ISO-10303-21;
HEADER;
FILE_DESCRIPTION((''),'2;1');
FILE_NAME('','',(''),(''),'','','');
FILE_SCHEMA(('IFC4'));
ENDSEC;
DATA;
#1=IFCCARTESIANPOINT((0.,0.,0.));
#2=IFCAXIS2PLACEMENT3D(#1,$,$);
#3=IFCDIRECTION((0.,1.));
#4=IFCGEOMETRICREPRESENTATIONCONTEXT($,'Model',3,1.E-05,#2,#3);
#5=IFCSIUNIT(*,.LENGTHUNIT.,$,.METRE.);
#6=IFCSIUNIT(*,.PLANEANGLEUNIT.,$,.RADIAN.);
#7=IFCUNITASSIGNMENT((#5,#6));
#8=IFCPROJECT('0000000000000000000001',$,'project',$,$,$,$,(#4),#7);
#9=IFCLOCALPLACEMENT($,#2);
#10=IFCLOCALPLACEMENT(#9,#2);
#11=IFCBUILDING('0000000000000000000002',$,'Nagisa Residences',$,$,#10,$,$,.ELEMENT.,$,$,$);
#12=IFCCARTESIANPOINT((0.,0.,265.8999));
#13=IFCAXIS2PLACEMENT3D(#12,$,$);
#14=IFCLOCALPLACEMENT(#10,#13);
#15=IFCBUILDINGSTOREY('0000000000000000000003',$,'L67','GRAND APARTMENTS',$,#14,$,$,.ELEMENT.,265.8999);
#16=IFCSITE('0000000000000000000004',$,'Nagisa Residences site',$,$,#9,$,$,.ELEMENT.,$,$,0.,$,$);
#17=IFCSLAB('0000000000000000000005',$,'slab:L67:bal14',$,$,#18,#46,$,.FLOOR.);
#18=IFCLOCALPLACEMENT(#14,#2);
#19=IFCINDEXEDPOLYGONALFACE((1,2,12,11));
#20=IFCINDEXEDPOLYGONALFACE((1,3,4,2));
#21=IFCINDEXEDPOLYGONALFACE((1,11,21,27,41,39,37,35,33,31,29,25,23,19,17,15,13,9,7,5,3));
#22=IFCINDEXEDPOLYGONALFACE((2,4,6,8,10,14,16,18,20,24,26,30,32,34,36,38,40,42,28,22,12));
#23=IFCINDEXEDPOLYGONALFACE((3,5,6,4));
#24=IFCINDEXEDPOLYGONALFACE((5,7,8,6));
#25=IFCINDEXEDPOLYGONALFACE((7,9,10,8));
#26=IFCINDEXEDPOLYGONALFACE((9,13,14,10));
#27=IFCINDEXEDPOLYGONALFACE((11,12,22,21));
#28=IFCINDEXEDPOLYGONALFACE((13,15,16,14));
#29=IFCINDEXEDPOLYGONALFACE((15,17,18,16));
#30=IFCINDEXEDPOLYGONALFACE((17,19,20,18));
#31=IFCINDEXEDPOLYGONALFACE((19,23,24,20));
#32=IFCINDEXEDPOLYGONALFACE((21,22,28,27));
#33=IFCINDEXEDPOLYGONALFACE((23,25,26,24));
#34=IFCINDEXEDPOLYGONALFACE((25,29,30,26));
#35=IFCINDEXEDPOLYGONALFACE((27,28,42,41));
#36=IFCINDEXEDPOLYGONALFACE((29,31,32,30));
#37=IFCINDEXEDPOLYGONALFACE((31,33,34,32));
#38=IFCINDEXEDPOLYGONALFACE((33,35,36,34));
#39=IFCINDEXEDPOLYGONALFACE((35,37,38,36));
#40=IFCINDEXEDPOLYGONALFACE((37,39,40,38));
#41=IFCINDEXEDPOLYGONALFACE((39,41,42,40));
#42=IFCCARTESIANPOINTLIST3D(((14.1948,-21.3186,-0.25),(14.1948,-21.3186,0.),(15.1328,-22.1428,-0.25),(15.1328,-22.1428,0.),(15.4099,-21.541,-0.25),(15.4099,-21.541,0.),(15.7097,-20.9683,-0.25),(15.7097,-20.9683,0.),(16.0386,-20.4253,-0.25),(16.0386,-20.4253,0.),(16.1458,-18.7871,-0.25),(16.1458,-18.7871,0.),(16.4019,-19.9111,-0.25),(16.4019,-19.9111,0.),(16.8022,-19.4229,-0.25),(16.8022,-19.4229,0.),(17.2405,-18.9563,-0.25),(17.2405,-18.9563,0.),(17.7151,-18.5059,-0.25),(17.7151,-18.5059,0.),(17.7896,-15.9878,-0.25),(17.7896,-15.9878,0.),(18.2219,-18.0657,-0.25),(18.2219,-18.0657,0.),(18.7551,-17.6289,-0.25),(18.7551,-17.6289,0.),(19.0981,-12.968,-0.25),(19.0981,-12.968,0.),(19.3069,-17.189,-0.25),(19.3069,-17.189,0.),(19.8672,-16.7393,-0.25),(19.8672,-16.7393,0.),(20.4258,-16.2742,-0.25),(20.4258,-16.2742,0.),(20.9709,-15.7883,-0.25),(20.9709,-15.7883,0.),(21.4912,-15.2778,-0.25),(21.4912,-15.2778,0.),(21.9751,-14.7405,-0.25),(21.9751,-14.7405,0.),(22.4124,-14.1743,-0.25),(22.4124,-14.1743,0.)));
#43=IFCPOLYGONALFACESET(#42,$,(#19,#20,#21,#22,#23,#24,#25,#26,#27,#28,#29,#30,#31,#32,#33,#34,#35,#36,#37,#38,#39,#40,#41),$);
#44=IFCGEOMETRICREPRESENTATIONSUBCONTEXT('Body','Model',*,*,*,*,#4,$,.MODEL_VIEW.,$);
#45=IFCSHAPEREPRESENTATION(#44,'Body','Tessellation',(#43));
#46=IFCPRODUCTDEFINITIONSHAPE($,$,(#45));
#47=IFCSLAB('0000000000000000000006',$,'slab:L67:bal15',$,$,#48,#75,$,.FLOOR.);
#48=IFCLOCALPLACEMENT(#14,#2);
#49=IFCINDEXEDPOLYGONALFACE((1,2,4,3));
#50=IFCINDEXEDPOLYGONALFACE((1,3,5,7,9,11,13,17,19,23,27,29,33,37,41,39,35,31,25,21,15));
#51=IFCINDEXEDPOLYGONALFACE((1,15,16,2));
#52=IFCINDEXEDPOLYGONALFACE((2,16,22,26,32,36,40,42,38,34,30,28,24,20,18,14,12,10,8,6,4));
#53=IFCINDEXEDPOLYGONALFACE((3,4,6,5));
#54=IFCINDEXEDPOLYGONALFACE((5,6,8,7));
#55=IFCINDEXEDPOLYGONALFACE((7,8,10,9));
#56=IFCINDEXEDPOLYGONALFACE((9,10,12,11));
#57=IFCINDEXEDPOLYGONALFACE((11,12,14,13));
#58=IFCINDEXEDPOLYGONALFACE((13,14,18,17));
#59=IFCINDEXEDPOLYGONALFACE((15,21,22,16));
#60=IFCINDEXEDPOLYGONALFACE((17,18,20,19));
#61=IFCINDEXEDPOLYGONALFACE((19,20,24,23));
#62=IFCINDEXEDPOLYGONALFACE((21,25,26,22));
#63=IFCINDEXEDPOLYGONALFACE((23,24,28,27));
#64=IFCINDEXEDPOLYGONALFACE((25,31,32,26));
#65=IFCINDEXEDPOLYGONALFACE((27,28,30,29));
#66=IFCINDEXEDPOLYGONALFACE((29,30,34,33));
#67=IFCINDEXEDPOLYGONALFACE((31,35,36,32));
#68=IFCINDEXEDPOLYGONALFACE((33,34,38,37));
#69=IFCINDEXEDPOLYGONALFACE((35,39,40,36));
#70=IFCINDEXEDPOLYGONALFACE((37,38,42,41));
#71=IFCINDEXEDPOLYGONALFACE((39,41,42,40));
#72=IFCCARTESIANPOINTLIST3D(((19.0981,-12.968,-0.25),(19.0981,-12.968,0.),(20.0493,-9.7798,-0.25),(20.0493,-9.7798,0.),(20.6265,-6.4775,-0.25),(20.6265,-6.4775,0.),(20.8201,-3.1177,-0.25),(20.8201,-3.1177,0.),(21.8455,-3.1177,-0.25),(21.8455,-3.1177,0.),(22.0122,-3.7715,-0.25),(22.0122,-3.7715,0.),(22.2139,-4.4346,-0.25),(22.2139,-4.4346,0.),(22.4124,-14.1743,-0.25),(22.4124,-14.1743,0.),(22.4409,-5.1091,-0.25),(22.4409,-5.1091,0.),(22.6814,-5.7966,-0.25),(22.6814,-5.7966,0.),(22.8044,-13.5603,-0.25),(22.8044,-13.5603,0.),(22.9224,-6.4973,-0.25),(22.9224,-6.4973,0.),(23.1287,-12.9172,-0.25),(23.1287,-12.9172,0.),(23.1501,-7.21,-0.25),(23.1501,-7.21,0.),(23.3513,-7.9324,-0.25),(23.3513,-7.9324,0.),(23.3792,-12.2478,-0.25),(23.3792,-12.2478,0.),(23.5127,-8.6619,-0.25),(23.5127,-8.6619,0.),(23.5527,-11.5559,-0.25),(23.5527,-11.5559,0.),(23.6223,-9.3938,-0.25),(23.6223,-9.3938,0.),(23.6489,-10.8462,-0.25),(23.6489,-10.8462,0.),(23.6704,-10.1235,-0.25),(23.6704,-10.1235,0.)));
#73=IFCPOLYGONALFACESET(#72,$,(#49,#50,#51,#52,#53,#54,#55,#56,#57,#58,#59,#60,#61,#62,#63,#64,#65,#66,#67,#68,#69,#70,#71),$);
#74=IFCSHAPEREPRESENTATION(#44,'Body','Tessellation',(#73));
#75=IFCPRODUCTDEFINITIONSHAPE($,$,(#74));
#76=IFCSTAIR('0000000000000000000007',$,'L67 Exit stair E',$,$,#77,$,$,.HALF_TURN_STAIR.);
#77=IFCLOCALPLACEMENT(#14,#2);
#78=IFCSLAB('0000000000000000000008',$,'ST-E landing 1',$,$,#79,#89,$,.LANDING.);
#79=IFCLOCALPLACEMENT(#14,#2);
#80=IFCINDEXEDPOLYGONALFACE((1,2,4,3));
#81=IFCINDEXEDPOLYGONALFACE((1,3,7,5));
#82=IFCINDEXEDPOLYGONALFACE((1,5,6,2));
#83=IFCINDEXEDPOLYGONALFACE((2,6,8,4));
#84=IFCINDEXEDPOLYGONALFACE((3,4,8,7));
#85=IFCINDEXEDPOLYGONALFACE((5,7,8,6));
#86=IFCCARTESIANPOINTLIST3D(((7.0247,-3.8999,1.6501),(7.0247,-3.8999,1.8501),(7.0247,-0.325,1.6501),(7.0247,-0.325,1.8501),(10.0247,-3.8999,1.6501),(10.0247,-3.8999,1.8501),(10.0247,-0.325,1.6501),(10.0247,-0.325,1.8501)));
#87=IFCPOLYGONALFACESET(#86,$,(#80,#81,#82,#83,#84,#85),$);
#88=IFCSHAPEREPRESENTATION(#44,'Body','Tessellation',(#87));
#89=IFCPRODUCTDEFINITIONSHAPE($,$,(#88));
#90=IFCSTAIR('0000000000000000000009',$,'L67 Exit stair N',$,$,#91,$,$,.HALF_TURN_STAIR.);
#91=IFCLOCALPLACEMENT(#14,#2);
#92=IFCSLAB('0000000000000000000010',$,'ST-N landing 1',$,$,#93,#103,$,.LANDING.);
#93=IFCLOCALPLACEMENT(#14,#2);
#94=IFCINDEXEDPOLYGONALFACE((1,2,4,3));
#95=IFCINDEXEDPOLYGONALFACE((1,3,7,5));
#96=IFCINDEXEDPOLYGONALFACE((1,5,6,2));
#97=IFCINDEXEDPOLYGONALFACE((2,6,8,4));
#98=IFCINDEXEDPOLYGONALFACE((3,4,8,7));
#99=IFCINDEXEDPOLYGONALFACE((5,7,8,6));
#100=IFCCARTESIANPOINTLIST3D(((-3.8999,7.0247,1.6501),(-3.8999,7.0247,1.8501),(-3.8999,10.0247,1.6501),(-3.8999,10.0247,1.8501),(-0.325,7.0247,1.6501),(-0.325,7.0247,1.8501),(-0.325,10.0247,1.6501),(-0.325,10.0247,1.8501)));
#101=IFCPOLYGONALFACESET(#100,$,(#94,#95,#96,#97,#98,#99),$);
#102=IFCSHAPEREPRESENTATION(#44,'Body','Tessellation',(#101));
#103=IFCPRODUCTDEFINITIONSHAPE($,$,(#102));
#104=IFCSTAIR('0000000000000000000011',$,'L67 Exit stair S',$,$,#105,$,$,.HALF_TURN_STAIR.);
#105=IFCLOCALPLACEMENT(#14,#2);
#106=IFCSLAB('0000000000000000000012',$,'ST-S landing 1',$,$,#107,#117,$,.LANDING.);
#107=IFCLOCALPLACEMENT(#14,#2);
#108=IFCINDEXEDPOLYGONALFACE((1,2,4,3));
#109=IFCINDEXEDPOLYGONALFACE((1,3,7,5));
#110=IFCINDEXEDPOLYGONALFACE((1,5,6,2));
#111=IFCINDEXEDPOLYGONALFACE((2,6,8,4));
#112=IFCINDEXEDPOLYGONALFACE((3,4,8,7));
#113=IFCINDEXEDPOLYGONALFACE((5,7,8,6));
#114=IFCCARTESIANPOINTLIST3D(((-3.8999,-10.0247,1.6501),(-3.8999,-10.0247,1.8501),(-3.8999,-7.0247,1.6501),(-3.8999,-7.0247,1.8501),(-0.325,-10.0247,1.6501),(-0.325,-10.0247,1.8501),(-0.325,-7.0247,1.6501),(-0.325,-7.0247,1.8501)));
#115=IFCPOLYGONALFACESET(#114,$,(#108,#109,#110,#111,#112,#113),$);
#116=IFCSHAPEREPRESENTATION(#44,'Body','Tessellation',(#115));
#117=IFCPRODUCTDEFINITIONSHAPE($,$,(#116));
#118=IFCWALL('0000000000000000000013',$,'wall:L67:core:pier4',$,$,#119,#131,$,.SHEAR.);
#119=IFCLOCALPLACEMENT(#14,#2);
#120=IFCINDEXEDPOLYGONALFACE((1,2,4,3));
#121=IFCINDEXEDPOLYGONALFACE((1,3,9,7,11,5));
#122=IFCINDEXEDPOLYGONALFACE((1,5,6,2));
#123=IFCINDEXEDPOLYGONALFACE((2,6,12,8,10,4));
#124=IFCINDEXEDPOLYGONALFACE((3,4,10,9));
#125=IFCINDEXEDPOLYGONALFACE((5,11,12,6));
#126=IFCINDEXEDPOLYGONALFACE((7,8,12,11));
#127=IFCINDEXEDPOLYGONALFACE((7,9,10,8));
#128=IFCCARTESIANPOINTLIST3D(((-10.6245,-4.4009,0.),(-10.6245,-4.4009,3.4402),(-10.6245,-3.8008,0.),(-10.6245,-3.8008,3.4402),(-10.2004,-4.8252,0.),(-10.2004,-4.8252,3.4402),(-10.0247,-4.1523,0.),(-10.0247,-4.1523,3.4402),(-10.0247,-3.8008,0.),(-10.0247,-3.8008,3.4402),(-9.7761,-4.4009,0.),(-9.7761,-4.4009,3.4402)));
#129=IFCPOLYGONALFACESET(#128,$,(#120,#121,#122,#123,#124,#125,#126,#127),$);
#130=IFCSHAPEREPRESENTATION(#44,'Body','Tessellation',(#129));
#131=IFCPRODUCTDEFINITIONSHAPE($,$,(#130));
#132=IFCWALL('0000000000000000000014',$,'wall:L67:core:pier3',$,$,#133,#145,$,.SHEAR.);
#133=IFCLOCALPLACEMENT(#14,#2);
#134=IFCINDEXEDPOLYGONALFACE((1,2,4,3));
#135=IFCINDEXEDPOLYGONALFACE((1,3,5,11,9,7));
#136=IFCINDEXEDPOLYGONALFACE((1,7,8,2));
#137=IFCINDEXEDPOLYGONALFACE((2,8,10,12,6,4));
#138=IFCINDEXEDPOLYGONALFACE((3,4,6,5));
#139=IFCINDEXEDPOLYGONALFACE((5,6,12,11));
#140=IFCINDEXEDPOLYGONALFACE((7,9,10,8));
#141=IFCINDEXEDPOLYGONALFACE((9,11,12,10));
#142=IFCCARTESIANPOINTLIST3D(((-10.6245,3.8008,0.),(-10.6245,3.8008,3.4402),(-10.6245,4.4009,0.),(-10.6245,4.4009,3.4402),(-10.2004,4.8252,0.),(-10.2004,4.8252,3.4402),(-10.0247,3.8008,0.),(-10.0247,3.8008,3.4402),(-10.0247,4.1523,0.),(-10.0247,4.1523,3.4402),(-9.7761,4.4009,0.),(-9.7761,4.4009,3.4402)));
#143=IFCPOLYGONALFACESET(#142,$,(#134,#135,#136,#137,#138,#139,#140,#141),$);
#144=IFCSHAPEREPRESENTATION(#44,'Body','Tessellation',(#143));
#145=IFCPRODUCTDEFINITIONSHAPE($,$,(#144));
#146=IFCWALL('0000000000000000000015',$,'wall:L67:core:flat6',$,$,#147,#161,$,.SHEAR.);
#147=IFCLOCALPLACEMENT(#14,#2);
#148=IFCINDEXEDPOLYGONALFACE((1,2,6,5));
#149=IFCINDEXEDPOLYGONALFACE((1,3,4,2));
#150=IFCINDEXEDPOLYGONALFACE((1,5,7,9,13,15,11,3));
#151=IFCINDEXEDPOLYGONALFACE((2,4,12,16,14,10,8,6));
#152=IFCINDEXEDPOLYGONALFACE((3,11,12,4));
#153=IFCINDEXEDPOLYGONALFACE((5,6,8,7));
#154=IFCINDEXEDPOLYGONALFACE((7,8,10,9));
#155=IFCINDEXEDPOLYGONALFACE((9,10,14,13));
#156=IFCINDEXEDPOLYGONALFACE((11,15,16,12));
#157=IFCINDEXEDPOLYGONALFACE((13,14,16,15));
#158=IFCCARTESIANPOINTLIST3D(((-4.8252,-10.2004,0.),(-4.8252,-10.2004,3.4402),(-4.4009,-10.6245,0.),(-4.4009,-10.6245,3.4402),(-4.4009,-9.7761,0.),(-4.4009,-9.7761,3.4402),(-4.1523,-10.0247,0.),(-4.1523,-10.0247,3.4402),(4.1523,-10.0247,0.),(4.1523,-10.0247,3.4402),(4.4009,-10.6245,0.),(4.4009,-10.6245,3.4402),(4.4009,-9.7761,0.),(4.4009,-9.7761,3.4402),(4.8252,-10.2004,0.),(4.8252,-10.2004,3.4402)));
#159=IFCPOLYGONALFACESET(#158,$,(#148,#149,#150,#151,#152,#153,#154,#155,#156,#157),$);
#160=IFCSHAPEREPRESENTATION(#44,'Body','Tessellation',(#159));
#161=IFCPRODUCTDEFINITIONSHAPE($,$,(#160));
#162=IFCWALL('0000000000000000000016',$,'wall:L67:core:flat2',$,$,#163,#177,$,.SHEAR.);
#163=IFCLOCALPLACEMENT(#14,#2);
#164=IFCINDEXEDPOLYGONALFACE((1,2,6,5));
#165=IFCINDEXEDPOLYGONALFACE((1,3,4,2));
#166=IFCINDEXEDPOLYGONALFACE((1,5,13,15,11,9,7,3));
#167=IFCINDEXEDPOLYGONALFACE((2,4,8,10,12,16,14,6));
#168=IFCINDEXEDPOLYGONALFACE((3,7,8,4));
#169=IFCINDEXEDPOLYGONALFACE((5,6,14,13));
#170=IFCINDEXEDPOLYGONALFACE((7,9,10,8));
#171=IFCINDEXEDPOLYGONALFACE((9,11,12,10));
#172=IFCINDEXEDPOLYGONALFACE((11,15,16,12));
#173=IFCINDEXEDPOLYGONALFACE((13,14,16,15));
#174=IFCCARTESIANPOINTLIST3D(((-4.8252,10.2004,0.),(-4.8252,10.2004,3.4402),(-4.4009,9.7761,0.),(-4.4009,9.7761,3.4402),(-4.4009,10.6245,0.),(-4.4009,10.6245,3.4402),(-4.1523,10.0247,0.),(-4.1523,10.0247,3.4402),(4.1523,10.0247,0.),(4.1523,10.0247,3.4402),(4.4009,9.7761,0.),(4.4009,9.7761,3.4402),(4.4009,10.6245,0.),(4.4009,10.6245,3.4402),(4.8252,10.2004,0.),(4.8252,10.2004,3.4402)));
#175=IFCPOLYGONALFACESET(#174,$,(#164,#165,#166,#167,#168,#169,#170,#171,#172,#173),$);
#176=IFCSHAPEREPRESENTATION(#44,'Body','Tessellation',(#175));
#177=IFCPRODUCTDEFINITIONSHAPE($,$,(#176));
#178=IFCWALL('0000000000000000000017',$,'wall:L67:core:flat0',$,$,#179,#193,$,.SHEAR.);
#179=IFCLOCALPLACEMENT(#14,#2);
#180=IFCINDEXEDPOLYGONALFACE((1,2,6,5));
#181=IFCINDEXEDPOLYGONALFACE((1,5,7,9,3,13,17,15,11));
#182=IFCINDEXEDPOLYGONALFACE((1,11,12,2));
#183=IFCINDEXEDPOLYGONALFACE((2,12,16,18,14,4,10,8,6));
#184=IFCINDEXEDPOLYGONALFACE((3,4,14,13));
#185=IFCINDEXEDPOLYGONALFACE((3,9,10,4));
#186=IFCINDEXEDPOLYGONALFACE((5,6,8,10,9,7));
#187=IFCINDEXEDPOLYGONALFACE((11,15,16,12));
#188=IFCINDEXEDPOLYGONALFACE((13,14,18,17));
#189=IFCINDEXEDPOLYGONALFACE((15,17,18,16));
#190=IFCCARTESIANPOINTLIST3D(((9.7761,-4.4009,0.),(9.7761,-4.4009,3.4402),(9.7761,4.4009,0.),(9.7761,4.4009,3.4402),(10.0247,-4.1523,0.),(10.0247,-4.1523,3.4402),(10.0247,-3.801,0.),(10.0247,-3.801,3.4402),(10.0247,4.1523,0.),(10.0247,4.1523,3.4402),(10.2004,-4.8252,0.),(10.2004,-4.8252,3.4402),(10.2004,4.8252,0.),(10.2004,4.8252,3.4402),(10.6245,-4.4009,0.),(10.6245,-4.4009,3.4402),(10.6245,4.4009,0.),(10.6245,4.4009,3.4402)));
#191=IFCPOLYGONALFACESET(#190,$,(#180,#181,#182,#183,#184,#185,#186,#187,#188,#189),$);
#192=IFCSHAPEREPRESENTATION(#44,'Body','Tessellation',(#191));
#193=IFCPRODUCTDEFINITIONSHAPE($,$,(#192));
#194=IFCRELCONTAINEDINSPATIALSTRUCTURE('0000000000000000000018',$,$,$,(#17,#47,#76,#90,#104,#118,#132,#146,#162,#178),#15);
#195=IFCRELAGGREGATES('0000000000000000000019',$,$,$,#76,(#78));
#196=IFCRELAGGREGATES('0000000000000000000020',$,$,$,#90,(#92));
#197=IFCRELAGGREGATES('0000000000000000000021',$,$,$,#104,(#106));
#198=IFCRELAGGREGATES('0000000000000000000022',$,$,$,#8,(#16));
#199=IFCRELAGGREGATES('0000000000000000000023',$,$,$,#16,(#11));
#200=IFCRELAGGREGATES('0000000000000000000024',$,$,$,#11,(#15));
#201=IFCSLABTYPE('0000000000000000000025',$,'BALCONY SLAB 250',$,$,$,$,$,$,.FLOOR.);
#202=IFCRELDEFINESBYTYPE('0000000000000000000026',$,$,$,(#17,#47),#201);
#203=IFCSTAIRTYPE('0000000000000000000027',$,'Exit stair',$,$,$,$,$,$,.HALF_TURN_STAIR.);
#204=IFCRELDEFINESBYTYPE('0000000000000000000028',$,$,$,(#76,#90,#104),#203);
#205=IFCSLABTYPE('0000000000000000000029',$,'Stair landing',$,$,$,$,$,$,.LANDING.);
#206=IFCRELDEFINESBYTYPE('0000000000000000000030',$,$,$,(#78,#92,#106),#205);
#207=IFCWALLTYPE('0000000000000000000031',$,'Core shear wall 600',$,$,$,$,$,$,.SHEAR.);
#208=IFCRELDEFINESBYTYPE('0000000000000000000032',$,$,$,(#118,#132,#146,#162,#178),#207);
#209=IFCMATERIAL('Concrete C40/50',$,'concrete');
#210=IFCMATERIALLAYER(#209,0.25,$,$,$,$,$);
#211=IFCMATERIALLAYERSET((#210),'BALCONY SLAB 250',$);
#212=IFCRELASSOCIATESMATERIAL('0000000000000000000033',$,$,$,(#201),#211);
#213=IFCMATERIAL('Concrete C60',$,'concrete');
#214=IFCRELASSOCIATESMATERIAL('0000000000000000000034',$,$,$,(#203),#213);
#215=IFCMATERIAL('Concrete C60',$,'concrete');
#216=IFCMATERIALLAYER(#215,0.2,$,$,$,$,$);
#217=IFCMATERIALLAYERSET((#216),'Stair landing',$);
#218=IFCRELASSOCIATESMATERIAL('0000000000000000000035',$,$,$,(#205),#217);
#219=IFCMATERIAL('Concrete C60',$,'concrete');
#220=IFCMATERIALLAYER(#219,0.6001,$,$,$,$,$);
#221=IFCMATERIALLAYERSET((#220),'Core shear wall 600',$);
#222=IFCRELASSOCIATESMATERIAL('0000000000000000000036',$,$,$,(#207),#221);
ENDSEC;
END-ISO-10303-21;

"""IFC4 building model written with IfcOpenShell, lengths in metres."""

from ifc_helpers import new_model, si_unit, direction, frame, origin, place, context, subcontext, project, spatial, polyline, outline, extrude, material, layer, layer_set, type_object, element, aggregate, save


model = new_model("IFC4")

# Units and contexts
model_context = context("Model", 3, precision=1e-05, world=origin(), true_north=direction((0.0, 1.0)))
body_context = subcontext(model_context, "Body", "Model", "MODEL_VIEW")
ifc_project = project(units=[si_unit("LENGTHUNIT", "METRE"), si_unit("PLANEANGLEUNIT", "RADIAN")], contexts=[model_context])

# Site, building, storey
site_placement = place(None, origin())
site = spatial("IfcSite", under=ifc_project, at=site_placement, Name="Nagisa Residences site", CompositionType="ELEMENT", RefElevation=0.0)
building_placement = place(site_placement, origin())
building = spatial("IfcBuilding", under=site, at=building_placement, Name="Nagisa Residences", CompositionType="ELEMENT")
storey_placement = place(building_placement, frame((0.0, 0.0, 265.8999)))
storey = spatial("IfcBuildingStorey", under=building, at=storey_placement, Name="L67", Description="GRAND APARTMENTS", CompositionType="ELEMENT", Elevation=265.8999)

# Slabs
ifc_material_1 = material(Name="Concrete C40/50", Category="concrete")
ifc_layer_1 = layer(ifc_material_1, 0.25)
ifc_layer_set_1 = layer_set([ifc_layer_1], Name="BALCONY SLAB 250")
slab_type_1 = type_object("IfcSlabType", Name="BALCONY SLAB 250", PredefinedType="FLOOR", material=ifc_layer_set_1)
slab_1_placement = place(storey_placement, frame((0.0, 0.0, -0.25)))
element("IfcSlab", 1, at=slab_1_placement, inside=storey, type_object=slab_type_1, Name="slab:L67:bal14", PredefinedType="FLOOR", context=body_context, shape_type="SweptSolid", body=[
    extrude(outline(polyline([(15.1328, -22.1428), (15.4099, -21.541), (15.7097, -20.9683), (16.0386, -20.4253), (16.4019, -19.9111), (16.8022, -19.4229), (17.2405, -18.9563), (17.7151, -18.5059), (18.2219, -18.0657), (18.7551, -17.6289), (19.3069, -17.189), (19.8672, -16.7393), (20.4258, -16.2742), (20.9709, -15.7883), (21.4912, -15.2778), (21.9751, -14.7405), (22.4124, -14.1743), (19.0981, -12.968), (17.7896, -15.9878), (16.1458, -18.7871), (14.1948, -21.3186), (15.1328, -22.1428)])), origin(), (0.0, 0.0, 1.0), 0.25),
])
slab_2_placement = place(storey_placement, frame((0.0, 0.0, -0.25)))
element("IfcSlab", 2, at=slab_2_placement, inside=storey, type_object=slab_type_1, Name="slab:L67:bal15", PredefinedType="FLOOR", context=body_context, shape_type="SweptSolid", body=[
    extrude(outline(polyline([(22.4124, -14.1743), (22.8044, -13.5603), (23.1287, -12.9172), (23.3792, -12.2478), (23.5527, -11.5559), (23.6489, -10.8462), (23.6704, -10.1235), (23.6223, -9.3938), (23.5127, -8.6619), (23.3513, -7.9324), (23.1501, -7.21), (22.9224, -6.4973), (22.6814, -5.7966), (22.4409, -5.1091), (22.2139, -4.4346), (22.0122, -3.7715), (21.8455, -3.1177), (20.8201, -3.1177), (20.6265, -6.4775), (20.0493, -9.7798), (19.0981, -12.968), (22.4124, -14.1743)])), origin(), (0.0, 0.0, 1.0), 0.25),
])

# Stairs, slabs
ifc_material_2 = material(Name="Concrete C60", Category="concrete")
stair_type = type_object("IfcStairType", Name="Exit stair", PredefinedType="HALF_TURN_STAIR", material=ifc_material_2)
stair_1_placement = place(storey_placement, origin())
stair_1 = element("IfcStair", 3, at=stair_1_placement, inside=storey, type_object=stair_type, Name="L67 Exit stair E", PredefinedType="HALF_TURN_STAIR")
ifc_material_3 = material(Name="Concrete C60", Category="concrete")
ifc_layer_2 = layer(ifc_material_3, 0.2)
ifc_layer_set_2 = layer_set([ifc_layer_2], Name="Stair landing")
slab_type_2 = type_object("IfcSlabType", Name="Stair landing", PredefinedType="LANDING", material=ifc_layer_set_2)
slab_3_placement = place(storey_placement, frame((0.0, 0.0, 1.6501)))
slab_3 = element("IfcSlab", 4, at=slab_3_placement, type_object=slab_type_2, Name="ST-E landing 1", PredefinedType="LANDING", context=body_context, shape_type="SweptSolid", body=[
    extrude(outline(polyline([(7.0247, -0.325), (7.0247, -3.8999), (10.0247, -3.8999), (10.0247, -0.325), (7.0247, -0.325)])), origin(), (0.0, 0.0, 1.0), 0.2),
])
aggregate(stair_1, [slab_3])
stair_2_placement = place(storey_placement, origin())
stair_2 = element("IfcStair", 5, at=stair_2_placement, inside=storey, type_object=stair_type, Name="L67 Exit stair N", PredefinedType="HALF_TURN_STAIR")
slab_4_placement = place(storey_placement, frame((0.0, 0.0, 1.6501)))
slab_4 = element("IfcSlab", 6, at=slab_4_placement, type_object=slab_type_2, Name="ST-N landing 1", PredefinedType="LANDING", context=body_context, shape_type="SweptSolid", body=[
    extrude(outline(polyline([(-0.325, 10.0247), (-3.8999, 10.0247), (-3.8999, 7.0247), (-0.325, 7.0247), (-0.325, 10.0247)])), origin(), (0.0, 0.0, 1.0), 0.2),
])
aggregate(stair_2, [slab_4])
stair_3_placement = place(storey_placement, origin())
stair_3 = element("IfcStair", 7, at=stair_3_placement, inside=storey, type_object=stair_type, Name="L67 Exit stair S", PredefinedType="HALF_TURN_STAIR")
slab_5_placement = place(storey_placement, frame((0.0, 0.0, 1.6501)))
slab_5 = element("IfcSlab", 8, at=slab_5_placement, type_object=slab_type_2, Name="ST-S landing 1", PredefinedType="LANDING", context=body_context, shape_type="SweptSolid", body=[
    extrude(outline(polyline([(-0.325, -7.0247), (-3.8999, -7.0247), (-3.8999, -10.0247), (-0.325, -10.0247), (-0.325, -7.0247)])), origin(), (0.0, 0.0, 1.0), 0.2),
])
aggregate(stair_3, [slab_5])

# Walls
ifc_material_4 = material(Name="Concrete C60", Category="concrete")
ifc_layer_3 = layer(ifc_material_4, 0.6001)
ifc_layer_set_3 = layer_set([ifc_layer_3], Name="Core shear wall 600")
wall_type_1 = type_object("IfcWallType", Name="Core shear wall 600", PredefinedType="SHEAR", material=ifc_layer_set_3)
wall_1_placement = place(storey_placement, origin())
element("IfcWall", 9, at=wall_1_placement, inside=storey, type_object=wall_type_1, Name="wall:L67:core:pier4", PredefinedType="SHEAR", context=body_context, shape_type="SweptSolid", body=[
    extrude(outline(polyline([(-10.6245, -3.8008), (-10.0247, -3.8008), (-10.0247, -4.1523), (-9.7761, -4.4009), (-10.2004, -4.8252), (-10.6245, -4.4009), (-10.6245, -3.8008)])), origin(), (0.0, 0.0, 1.0), 3.4402),
])
wall_2_placement = place(storey_placement, origin())
element("IfcWall", 10, at=wall_2_placement, inside=storey, type_object=wall_type_1, Name="wall:L67:core:pier3", PredefinedType="SHEAR", context=body_context, shape_type="SweptSolid", body=[
    extrude(outline(polyline([(-10.2004, 4.8252), (-9.7761, 4.4009), (-10.0247, 4.1523), (-10.0247, 3.8008), (-10.6245, 3.8008), (-10.6245, 4.4009), (-10.2004, 4.8252)])), origin(), (0.0, 0.0, 1.0), 3.4402),
])
wall_3_placement = place(storey_placement, origin())
element("IfcWall", 11, at=wall_3_placement, inside=storey, type_object=wall_type_1, Name="wall:L67:core:flat6", PredefinedType="SHEAR", context=body_context, shape_type="SweptSolid", body=[
    extrude(outline(polyline([(-4.1523, -10.0247), (4.1523, -10.0247), (4.4009, -9.7761), (4.8252, -10.2004), (4.4009, -10.6245), (-4.4009, -10.6245), (-4.8252, -10.2004), (-4.4009, -9.7761), (-4.1523, -10.0247)])), origin(), (0.0, 0.0, 1.0), 3.4402),
])
wall_4_placement = place(storey_placement, origin())
element("IfcWall", 12, at=wall_4_placement, inside=storey, type_object=wall_type_1, Name="wall:L67:core:flat2", PredefinedType="SHEAR", context=body_context, shape_type="SweptSolid", body=[
    extrude(outline(polyline([(-4.1523, 10.0247), (-4.4009, 9.7761), (-4.8252, 10.2004), (-4.4009, 10.6245), (4.4009, 10.6245), (4.8252, 10.2004), (4.4009, 9.7761), (4.1523, 10.0247), (-4.1523, 10.0247)])), origin(), (0.0, 0.0, 1.0), 3.4402),
])
wall_5_placement = place(storey_placement, origin())
element("IfcWall", 13, at=wall_5_placement, inside=storey, type_object=wall_type_1, Name="wall:L67:core:flat0", PredefinedType="SHEAR", context=body_context, shape_type="SweptSolid", body=[
    extrude(outline(polyline([(9.7761, -4.4009), (10.0247, -4.1523), (10.0247, -3.801), (10.0247, 4.1523), (9.7761, 4.4009), (10.2004, 4.8252), (10.6245, 4.4009), (10.6245, -4.4009), (10.2004, -4.8252), (9.7761, -4.4009)])), origin(), (0.0, 0.0, 1.0), 3.4402),
])

save(model, "model.ifc")
